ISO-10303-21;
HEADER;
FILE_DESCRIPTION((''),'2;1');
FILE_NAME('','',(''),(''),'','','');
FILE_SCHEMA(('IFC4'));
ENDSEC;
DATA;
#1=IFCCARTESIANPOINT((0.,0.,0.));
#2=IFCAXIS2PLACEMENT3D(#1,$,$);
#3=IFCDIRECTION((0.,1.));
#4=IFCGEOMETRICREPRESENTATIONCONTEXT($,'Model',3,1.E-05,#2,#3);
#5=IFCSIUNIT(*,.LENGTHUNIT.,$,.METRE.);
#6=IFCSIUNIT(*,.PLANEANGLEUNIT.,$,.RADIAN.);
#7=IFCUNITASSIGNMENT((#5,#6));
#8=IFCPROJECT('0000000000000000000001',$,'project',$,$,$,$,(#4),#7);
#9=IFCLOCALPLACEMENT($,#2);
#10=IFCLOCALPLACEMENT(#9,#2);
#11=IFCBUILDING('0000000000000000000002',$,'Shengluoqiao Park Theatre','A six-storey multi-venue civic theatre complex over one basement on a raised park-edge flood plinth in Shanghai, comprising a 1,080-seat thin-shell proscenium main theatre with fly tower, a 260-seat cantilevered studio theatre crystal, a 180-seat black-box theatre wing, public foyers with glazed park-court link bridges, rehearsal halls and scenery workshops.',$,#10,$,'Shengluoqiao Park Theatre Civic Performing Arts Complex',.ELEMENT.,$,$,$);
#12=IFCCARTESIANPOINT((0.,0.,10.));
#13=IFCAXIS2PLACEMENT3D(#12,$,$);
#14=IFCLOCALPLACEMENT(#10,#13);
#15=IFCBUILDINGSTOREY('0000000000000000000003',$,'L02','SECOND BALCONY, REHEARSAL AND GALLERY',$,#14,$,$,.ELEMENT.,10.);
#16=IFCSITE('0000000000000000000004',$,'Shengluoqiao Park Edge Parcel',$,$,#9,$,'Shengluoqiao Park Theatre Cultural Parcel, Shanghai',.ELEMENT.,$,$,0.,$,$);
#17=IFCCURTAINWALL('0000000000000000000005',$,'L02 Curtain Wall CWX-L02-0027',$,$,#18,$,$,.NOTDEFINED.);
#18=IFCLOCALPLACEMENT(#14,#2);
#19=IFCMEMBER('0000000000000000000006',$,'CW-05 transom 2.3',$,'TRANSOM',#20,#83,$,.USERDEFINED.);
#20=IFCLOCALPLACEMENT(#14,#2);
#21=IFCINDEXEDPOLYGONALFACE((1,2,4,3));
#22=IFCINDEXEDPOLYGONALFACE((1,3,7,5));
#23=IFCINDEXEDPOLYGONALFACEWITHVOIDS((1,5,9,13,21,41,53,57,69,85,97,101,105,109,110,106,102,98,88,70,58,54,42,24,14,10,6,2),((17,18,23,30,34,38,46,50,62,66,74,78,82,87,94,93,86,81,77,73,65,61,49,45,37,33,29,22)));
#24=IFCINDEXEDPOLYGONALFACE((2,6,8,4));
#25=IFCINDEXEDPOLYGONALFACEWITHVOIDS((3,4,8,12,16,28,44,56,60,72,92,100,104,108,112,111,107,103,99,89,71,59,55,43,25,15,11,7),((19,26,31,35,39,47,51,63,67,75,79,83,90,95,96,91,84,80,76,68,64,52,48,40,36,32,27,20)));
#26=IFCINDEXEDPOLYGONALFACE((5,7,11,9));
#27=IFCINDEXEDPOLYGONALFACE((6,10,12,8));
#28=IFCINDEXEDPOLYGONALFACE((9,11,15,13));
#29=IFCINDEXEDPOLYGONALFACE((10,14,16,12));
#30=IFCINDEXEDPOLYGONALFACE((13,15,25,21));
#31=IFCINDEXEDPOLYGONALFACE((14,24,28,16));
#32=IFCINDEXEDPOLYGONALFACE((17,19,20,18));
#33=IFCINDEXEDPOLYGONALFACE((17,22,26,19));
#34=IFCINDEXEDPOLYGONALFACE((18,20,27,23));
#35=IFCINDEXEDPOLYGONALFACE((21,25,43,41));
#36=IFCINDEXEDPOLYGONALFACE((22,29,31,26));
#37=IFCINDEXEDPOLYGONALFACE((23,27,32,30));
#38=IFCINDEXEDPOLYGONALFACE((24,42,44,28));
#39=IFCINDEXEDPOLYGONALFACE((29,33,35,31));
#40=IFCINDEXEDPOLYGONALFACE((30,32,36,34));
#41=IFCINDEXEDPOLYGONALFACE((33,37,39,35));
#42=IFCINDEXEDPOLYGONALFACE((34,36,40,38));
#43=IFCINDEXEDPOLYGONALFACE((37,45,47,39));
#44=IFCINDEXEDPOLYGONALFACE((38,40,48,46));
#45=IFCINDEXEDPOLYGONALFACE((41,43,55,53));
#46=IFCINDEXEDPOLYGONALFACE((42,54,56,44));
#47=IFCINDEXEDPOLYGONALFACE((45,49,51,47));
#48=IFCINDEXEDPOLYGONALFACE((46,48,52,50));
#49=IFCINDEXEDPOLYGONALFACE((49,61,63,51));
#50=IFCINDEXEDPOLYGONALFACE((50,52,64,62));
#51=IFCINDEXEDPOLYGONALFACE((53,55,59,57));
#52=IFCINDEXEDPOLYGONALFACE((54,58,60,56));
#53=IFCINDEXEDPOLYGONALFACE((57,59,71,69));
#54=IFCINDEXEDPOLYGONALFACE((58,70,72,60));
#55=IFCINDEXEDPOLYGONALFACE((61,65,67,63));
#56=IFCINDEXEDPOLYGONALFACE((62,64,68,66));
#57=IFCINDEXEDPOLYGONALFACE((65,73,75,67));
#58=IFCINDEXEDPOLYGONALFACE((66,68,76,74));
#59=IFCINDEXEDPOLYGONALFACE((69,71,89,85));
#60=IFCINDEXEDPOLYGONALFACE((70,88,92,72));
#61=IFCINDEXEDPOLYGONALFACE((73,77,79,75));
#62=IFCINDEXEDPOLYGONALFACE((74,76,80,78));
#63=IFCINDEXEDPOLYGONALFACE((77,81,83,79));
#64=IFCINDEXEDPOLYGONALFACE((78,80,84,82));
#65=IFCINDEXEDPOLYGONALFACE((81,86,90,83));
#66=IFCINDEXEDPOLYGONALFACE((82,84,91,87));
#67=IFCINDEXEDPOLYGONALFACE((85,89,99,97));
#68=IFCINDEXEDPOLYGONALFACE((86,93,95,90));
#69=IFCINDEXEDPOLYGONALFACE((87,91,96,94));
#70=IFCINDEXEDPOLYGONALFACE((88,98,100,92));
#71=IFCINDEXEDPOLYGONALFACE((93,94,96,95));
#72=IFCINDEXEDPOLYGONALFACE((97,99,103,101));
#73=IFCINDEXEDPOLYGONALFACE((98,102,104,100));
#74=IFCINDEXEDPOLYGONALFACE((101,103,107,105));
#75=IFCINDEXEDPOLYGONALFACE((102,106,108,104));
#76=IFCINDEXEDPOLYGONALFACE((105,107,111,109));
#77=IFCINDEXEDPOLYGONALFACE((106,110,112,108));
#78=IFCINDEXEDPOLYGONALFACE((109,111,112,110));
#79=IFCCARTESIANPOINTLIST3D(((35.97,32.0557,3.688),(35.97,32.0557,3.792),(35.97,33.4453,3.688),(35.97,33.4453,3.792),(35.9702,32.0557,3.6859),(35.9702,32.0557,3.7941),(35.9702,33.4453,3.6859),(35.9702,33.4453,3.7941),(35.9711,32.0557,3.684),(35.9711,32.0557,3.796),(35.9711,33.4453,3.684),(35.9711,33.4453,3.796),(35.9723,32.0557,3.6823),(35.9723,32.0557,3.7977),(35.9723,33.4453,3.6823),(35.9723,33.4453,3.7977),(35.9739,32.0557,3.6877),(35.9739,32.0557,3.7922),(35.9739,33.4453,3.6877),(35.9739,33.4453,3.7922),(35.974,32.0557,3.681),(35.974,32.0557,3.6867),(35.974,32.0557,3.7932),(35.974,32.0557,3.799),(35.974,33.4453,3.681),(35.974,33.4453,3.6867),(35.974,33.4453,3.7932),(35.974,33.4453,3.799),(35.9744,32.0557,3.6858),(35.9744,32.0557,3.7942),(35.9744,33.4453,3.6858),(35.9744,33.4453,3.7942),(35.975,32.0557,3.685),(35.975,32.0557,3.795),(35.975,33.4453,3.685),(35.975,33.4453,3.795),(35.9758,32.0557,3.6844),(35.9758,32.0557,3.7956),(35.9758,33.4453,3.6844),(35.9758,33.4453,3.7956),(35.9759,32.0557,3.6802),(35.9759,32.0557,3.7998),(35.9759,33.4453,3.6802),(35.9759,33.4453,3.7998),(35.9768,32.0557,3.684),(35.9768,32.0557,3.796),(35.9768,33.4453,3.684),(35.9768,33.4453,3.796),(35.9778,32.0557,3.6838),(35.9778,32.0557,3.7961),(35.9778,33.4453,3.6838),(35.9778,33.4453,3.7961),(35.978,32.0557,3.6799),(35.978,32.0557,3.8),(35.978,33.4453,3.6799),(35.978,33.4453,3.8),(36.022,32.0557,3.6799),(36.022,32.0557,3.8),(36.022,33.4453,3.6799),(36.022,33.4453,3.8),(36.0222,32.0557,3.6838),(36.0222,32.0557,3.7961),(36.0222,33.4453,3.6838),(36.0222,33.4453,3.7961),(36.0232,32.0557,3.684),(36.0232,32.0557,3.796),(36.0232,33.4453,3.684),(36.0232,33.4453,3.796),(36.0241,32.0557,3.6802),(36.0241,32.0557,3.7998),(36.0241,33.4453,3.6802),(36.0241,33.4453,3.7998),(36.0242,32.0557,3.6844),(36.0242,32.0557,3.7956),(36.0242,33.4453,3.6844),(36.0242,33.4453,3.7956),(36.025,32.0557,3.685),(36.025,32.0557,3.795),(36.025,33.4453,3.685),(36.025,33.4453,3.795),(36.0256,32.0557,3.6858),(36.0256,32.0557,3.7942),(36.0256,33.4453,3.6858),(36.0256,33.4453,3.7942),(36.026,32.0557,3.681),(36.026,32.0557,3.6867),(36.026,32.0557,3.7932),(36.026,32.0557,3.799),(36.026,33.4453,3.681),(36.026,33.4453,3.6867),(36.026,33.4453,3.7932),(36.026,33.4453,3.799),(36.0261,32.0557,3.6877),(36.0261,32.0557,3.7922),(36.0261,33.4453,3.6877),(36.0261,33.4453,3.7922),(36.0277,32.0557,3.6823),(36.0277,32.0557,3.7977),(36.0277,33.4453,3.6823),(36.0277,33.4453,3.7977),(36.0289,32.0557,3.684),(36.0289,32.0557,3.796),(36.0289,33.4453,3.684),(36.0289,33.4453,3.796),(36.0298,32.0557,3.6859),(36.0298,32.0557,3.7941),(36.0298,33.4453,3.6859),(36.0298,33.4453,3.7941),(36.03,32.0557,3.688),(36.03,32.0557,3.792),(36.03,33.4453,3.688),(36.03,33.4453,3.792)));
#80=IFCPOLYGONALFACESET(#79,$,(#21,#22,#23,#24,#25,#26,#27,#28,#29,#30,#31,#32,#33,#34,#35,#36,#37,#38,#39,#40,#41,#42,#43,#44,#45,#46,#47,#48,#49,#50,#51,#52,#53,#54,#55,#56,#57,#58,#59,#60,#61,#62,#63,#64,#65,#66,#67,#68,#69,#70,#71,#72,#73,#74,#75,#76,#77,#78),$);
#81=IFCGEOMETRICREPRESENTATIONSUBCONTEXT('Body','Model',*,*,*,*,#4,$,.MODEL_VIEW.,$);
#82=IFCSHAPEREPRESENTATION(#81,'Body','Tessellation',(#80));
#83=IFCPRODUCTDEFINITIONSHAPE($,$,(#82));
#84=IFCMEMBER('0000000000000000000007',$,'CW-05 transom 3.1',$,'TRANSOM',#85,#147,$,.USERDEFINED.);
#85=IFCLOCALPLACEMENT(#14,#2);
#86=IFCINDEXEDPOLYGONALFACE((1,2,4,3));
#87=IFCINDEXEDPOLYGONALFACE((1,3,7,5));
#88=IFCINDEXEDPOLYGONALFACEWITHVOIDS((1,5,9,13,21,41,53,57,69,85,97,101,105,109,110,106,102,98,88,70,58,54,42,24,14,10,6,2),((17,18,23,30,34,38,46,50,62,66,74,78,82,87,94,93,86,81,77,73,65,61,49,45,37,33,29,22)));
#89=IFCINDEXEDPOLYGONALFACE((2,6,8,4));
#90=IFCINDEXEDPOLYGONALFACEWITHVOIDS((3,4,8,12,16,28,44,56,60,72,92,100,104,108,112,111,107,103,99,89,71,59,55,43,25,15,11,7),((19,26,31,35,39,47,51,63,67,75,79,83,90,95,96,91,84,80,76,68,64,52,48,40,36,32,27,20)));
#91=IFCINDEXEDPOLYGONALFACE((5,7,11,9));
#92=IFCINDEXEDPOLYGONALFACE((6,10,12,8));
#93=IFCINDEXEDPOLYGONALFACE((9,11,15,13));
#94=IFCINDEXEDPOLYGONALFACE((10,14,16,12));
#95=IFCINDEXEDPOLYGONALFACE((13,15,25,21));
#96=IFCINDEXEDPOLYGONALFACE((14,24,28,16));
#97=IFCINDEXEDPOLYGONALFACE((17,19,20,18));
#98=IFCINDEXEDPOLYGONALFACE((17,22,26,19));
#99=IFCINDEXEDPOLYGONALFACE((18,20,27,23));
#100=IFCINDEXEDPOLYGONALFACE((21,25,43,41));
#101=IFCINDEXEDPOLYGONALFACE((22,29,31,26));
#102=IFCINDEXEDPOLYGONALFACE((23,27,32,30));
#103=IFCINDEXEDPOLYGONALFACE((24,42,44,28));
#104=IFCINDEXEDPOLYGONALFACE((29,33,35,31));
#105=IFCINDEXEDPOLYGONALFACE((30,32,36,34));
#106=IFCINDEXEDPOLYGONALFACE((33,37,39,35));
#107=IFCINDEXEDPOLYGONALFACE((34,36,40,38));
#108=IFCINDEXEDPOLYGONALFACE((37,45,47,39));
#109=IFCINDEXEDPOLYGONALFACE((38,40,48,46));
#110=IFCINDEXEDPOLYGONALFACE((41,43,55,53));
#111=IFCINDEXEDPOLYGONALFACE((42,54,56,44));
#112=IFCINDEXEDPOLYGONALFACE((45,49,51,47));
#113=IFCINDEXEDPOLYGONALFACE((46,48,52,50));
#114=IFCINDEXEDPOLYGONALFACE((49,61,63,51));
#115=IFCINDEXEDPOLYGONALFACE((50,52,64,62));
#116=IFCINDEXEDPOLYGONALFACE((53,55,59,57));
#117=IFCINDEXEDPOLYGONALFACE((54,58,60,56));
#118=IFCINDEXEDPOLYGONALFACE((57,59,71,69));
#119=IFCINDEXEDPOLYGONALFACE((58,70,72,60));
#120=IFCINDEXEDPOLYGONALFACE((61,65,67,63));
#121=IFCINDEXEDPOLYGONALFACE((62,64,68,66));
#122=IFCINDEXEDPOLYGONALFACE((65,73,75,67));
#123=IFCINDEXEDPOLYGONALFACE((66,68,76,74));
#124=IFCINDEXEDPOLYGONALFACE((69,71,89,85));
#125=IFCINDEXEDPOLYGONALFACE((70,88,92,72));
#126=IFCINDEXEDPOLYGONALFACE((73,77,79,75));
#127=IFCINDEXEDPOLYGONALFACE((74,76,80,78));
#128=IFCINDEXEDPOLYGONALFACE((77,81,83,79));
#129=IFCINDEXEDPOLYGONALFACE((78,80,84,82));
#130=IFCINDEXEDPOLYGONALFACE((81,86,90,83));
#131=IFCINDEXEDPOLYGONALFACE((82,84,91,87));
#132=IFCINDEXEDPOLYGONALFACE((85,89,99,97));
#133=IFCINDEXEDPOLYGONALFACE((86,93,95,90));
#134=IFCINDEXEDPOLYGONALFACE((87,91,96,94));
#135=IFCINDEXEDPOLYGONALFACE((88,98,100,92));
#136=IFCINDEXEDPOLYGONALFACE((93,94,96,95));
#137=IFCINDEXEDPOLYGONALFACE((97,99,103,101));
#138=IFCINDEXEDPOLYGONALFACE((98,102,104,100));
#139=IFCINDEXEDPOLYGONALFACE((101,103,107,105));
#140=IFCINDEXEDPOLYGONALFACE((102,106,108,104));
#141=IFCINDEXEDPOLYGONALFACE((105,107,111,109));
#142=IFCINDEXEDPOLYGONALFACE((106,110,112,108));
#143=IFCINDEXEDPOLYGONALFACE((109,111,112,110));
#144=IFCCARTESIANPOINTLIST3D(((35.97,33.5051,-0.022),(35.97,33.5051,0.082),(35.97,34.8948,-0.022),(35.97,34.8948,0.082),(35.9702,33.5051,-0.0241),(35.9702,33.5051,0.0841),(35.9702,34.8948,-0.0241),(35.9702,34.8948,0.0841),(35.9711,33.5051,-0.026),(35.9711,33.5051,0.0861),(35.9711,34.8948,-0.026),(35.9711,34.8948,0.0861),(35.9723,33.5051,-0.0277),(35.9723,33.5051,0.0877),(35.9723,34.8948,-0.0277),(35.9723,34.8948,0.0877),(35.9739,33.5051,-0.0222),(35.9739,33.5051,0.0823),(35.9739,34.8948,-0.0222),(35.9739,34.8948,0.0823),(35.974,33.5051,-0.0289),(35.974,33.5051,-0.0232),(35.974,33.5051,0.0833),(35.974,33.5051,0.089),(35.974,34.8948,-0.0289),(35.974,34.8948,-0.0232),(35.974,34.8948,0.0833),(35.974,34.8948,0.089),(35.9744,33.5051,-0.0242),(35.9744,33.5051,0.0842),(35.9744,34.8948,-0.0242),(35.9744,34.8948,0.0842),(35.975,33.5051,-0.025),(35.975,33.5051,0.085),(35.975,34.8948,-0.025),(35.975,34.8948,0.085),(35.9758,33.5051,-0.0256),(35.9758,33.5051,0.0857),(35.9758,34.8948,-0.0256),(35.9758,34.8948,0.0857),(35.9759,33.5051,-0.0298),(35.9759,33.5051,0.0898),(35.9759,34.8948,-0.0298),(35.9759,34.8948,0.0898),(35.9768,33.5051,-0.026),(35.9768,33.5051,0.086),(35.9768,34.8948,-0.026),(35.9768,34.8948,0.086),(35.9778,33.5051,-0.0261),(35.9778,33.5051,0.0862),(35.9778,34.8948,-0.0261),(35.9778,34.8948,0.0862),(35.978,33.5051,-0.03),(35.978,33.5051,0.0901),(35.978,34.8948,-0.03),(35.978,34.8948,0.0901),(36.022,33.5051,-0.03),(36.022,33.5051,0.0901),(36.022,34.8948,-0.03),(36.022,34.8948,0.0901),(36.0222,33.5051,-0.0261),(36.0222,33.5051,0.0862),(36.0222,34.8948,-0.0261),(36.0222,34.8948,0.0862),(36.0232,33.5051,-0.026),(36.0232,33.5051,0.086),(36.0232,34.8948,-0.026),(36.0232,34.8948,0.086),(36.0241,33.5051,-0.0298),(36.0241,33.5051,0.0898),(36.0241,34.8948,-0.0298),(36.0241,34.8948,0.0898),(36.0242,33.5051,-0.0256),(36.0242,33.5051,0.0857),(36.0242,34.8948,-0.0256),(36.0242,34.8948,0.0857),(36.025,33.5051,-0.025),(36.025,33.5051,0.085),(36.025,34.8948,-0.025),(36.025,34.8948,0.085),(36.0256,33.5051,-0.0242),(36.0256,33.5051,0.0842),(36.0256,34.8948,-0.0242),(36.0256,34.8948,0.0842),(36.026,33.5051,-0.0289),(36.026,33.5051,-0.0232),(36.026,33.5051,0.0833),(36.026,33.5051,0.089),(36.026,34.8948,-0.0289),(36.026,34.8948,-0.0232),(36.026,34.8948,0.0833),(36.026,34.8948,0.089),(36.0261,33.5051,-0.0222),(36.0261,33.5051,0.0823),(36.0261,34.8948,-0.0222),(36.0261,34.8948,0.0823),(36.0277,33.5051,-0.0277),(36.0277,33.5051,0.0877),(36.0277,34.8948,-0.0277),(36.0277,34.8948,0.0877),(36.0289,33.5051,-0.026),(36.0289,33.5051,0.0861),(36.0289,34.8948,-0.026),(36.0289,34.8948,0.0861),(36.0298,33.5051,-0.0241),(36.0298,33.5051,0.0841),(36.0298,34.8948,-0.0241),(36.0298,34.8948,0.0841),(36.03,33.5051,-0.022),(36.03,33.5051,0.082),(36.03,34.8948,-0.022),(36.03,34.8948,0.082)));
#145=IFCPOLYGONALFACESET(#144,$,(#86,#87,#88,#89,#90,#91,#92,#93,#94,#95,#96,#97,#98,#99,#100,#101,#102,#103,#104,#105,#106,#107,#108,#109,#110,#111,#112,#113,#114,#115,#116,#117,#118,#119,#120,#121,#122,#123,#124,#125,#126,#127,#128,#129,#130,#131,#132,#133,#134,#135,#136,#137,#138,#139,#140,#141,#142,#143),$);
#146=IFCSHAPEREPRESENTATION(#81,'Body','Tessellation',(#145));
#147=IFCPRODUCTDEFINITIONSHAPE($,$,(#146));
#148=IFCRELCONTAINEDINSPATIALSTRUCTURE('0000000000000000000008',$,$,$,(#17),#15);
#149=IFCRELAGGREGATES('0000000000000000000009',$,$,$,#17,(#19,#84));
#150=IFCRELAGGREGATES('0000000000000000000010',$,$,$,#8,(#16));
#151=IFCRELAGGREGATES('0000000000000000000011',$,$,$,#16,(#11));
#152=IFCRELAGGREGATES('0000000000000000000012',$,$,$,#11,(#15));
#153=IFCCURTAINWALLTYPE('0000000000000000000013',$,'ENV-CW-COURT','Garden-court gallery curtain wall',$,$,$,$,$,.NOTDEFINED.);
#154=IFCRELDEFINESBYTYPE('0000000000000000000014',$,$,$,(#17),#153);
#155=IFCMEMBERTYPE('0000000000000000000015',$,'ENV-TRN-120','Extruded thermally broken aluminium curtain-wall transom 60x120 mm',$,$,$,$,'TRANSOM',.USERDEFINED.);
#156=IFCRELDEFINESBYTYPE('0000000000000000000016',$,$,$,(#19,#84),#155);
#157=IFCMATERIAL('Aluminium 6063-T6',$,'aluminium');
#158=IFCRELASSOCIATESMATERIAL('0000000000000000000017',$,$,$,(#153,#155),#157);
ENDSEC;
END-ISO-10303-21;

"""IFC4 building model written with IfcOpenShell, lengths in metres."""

from ifc_helpers import new_model, si_unit, direction, frame, origin, origin_2d, place, context, subcontext, project, spatial, hollow_rectangle, extrude, material, material_profile, profile_set, type_object, element, aggregate, save


model = new_model("IFC4")

# Units and contexts
model_context = context("Model", 3, precision=1e-05, world=origin(), true_north=direction((0.0, 1.0)))
body_context = subcontext(model_context, "Body", "Model", "MODEL_VIEW")
ifc_project = project(units=[si_unit("LENGTHUNIT", "METRE"), si_unit("PLANEANGLEUNIT", "RADIAN")], contexts=[model_context])

# Site, building, storey
site_placement = place(None, origin())
site = spatial("IfcSite", under=ifc_project, at=site_placement, Name="Shengluoqiao Park Edge Parcel", LongName="Shengluoqiao Park Theatre Cultural Parcel, Shanghai", CompositionType="ELEMENT", RefElevation=0.0)
building_placement = place(site_placement, origin())
building = spatial("IfcBuilding", under=site, at=building_placement, Name="Shengluoqiao Park Theatre", Description="A six-storey multi-venue civic theatre complex over one basement on a raised park-edge flood plinth in Shanghai, comprising a 1,080-seat thin-shell proscenium main theatre with fly tower, a 260-seat cantilevered studio theatre crystal, a 180-seat black-box theatre wing, public foyers with glazed park-court link bridges, rehearsal halls and scenery workshops.", LongName="Shengluoqiao Park Theatre Civic Performing Arts Complex", CompositionType="ELEMENT")
storey_placement = place(building_placement, frame((0.0, 0.0, 10.0)))
storey = spatial("IfcBuildingStorey", under=building, at=storey_placement, Name="L02", Description="SECOND BALCONY, REHEARSAL AND GALLERY", CompositionType="ELEMENT", Elevation=10.0)

# Curtain wall, members
ifc_material_1 = material(Name="Aluminium 6063-T6", Category="aluminium")
curtain_wall_type = type_object("IfcCurtainWallType", Name="ENV-CW-COURT", Description="Garden-court gallery curtain wall", PredefinedType="NOTDEFINED", material=ifc_material_1)
curtain_wall_placement = place(storey_placement, origin())
curtain_wall = element("IfcCurtainWall", 1, at=curtain_wall_placement, inside=storey, type_object=curtain_wall_type, Name="L02 Curtain Wall CWX-L02-0027", PredefinedType="NOTDEFINED")
ifc_material_profile_1 = material_profile(ifc_material_1, hollow_rectangle(XDim=0.0601, YDim=0.1201, WallThickness=0.0039, InnerFilletRadius=0.0039, OuterFilletRadius=0.0081, at=origin_2d()), Name="ALU TRANSOM 120x60x4")
ifc_profile_set_1 = profile_set([ifc_material_profile_1], Name="Aluminium 6063-T6")
member_type_1 = type_object("IfcMemberType", Name="ENV-TRN-120", Description="Extruded thermally broken aluminium curtain-wall transom 60x120 mm", ElementType="TRANSOM", PredefinedType="USERDEFINED", material=ifc_profile_set_1)
member_1_placement = place(storey_placement, frame((36.0, 32.0557, 3.74), z_axis=(0.0, 1.0, 0.0), x_axis=(-1.0, 0.0, 0.0)))
member_1 = element("IfcMember", 2, at=member_1_placement, type_object=member_type_1, Name="CW-05 transom 2.3", ObjectType="TRANSOM", PredefinedType="USERDEFINED", context=body_context, shape_type="SweptSolid", body=[
    extrude(hollow_rectangle(XDim=0.0601, YDim=0.1201, WallThickness=0.0039, InnerFilletRadius=0.0039, OuterFilletRadius=0.0081, at=origin_2d()), origin(), (0.0, 0.0, 1.0), 1.3896),
])
member_2_placement = place(storey_placement, frame((36.0, 33.5051, 0.03), z_axis=(0.0, 1.0, 0.0), x_axis=(-1.0, 0.0, 0.0)))
member_2 = element("IfcMember", 3, at=member_2_placement, type_object=member_type_1, Name="CW-05 transom 3.1", ObjectType="TRANSOM", PredefinedType="USERDEFINED", context=body_context, shape_type="SweptSolid", body=[
    extrude(hollow_rectangle(XDim=0.0601, YDim=0.1201, WallThickness=0.0039, InnerFilletRadius=0.0039, OuterFilletRadius=0.0081, at=origin_2d()), origin(), (0.0, 0.0, 1.0), 1.3896),
])
aggregate(curtain_wall, [member_1, member_2])

save(model, "model.ifc")
